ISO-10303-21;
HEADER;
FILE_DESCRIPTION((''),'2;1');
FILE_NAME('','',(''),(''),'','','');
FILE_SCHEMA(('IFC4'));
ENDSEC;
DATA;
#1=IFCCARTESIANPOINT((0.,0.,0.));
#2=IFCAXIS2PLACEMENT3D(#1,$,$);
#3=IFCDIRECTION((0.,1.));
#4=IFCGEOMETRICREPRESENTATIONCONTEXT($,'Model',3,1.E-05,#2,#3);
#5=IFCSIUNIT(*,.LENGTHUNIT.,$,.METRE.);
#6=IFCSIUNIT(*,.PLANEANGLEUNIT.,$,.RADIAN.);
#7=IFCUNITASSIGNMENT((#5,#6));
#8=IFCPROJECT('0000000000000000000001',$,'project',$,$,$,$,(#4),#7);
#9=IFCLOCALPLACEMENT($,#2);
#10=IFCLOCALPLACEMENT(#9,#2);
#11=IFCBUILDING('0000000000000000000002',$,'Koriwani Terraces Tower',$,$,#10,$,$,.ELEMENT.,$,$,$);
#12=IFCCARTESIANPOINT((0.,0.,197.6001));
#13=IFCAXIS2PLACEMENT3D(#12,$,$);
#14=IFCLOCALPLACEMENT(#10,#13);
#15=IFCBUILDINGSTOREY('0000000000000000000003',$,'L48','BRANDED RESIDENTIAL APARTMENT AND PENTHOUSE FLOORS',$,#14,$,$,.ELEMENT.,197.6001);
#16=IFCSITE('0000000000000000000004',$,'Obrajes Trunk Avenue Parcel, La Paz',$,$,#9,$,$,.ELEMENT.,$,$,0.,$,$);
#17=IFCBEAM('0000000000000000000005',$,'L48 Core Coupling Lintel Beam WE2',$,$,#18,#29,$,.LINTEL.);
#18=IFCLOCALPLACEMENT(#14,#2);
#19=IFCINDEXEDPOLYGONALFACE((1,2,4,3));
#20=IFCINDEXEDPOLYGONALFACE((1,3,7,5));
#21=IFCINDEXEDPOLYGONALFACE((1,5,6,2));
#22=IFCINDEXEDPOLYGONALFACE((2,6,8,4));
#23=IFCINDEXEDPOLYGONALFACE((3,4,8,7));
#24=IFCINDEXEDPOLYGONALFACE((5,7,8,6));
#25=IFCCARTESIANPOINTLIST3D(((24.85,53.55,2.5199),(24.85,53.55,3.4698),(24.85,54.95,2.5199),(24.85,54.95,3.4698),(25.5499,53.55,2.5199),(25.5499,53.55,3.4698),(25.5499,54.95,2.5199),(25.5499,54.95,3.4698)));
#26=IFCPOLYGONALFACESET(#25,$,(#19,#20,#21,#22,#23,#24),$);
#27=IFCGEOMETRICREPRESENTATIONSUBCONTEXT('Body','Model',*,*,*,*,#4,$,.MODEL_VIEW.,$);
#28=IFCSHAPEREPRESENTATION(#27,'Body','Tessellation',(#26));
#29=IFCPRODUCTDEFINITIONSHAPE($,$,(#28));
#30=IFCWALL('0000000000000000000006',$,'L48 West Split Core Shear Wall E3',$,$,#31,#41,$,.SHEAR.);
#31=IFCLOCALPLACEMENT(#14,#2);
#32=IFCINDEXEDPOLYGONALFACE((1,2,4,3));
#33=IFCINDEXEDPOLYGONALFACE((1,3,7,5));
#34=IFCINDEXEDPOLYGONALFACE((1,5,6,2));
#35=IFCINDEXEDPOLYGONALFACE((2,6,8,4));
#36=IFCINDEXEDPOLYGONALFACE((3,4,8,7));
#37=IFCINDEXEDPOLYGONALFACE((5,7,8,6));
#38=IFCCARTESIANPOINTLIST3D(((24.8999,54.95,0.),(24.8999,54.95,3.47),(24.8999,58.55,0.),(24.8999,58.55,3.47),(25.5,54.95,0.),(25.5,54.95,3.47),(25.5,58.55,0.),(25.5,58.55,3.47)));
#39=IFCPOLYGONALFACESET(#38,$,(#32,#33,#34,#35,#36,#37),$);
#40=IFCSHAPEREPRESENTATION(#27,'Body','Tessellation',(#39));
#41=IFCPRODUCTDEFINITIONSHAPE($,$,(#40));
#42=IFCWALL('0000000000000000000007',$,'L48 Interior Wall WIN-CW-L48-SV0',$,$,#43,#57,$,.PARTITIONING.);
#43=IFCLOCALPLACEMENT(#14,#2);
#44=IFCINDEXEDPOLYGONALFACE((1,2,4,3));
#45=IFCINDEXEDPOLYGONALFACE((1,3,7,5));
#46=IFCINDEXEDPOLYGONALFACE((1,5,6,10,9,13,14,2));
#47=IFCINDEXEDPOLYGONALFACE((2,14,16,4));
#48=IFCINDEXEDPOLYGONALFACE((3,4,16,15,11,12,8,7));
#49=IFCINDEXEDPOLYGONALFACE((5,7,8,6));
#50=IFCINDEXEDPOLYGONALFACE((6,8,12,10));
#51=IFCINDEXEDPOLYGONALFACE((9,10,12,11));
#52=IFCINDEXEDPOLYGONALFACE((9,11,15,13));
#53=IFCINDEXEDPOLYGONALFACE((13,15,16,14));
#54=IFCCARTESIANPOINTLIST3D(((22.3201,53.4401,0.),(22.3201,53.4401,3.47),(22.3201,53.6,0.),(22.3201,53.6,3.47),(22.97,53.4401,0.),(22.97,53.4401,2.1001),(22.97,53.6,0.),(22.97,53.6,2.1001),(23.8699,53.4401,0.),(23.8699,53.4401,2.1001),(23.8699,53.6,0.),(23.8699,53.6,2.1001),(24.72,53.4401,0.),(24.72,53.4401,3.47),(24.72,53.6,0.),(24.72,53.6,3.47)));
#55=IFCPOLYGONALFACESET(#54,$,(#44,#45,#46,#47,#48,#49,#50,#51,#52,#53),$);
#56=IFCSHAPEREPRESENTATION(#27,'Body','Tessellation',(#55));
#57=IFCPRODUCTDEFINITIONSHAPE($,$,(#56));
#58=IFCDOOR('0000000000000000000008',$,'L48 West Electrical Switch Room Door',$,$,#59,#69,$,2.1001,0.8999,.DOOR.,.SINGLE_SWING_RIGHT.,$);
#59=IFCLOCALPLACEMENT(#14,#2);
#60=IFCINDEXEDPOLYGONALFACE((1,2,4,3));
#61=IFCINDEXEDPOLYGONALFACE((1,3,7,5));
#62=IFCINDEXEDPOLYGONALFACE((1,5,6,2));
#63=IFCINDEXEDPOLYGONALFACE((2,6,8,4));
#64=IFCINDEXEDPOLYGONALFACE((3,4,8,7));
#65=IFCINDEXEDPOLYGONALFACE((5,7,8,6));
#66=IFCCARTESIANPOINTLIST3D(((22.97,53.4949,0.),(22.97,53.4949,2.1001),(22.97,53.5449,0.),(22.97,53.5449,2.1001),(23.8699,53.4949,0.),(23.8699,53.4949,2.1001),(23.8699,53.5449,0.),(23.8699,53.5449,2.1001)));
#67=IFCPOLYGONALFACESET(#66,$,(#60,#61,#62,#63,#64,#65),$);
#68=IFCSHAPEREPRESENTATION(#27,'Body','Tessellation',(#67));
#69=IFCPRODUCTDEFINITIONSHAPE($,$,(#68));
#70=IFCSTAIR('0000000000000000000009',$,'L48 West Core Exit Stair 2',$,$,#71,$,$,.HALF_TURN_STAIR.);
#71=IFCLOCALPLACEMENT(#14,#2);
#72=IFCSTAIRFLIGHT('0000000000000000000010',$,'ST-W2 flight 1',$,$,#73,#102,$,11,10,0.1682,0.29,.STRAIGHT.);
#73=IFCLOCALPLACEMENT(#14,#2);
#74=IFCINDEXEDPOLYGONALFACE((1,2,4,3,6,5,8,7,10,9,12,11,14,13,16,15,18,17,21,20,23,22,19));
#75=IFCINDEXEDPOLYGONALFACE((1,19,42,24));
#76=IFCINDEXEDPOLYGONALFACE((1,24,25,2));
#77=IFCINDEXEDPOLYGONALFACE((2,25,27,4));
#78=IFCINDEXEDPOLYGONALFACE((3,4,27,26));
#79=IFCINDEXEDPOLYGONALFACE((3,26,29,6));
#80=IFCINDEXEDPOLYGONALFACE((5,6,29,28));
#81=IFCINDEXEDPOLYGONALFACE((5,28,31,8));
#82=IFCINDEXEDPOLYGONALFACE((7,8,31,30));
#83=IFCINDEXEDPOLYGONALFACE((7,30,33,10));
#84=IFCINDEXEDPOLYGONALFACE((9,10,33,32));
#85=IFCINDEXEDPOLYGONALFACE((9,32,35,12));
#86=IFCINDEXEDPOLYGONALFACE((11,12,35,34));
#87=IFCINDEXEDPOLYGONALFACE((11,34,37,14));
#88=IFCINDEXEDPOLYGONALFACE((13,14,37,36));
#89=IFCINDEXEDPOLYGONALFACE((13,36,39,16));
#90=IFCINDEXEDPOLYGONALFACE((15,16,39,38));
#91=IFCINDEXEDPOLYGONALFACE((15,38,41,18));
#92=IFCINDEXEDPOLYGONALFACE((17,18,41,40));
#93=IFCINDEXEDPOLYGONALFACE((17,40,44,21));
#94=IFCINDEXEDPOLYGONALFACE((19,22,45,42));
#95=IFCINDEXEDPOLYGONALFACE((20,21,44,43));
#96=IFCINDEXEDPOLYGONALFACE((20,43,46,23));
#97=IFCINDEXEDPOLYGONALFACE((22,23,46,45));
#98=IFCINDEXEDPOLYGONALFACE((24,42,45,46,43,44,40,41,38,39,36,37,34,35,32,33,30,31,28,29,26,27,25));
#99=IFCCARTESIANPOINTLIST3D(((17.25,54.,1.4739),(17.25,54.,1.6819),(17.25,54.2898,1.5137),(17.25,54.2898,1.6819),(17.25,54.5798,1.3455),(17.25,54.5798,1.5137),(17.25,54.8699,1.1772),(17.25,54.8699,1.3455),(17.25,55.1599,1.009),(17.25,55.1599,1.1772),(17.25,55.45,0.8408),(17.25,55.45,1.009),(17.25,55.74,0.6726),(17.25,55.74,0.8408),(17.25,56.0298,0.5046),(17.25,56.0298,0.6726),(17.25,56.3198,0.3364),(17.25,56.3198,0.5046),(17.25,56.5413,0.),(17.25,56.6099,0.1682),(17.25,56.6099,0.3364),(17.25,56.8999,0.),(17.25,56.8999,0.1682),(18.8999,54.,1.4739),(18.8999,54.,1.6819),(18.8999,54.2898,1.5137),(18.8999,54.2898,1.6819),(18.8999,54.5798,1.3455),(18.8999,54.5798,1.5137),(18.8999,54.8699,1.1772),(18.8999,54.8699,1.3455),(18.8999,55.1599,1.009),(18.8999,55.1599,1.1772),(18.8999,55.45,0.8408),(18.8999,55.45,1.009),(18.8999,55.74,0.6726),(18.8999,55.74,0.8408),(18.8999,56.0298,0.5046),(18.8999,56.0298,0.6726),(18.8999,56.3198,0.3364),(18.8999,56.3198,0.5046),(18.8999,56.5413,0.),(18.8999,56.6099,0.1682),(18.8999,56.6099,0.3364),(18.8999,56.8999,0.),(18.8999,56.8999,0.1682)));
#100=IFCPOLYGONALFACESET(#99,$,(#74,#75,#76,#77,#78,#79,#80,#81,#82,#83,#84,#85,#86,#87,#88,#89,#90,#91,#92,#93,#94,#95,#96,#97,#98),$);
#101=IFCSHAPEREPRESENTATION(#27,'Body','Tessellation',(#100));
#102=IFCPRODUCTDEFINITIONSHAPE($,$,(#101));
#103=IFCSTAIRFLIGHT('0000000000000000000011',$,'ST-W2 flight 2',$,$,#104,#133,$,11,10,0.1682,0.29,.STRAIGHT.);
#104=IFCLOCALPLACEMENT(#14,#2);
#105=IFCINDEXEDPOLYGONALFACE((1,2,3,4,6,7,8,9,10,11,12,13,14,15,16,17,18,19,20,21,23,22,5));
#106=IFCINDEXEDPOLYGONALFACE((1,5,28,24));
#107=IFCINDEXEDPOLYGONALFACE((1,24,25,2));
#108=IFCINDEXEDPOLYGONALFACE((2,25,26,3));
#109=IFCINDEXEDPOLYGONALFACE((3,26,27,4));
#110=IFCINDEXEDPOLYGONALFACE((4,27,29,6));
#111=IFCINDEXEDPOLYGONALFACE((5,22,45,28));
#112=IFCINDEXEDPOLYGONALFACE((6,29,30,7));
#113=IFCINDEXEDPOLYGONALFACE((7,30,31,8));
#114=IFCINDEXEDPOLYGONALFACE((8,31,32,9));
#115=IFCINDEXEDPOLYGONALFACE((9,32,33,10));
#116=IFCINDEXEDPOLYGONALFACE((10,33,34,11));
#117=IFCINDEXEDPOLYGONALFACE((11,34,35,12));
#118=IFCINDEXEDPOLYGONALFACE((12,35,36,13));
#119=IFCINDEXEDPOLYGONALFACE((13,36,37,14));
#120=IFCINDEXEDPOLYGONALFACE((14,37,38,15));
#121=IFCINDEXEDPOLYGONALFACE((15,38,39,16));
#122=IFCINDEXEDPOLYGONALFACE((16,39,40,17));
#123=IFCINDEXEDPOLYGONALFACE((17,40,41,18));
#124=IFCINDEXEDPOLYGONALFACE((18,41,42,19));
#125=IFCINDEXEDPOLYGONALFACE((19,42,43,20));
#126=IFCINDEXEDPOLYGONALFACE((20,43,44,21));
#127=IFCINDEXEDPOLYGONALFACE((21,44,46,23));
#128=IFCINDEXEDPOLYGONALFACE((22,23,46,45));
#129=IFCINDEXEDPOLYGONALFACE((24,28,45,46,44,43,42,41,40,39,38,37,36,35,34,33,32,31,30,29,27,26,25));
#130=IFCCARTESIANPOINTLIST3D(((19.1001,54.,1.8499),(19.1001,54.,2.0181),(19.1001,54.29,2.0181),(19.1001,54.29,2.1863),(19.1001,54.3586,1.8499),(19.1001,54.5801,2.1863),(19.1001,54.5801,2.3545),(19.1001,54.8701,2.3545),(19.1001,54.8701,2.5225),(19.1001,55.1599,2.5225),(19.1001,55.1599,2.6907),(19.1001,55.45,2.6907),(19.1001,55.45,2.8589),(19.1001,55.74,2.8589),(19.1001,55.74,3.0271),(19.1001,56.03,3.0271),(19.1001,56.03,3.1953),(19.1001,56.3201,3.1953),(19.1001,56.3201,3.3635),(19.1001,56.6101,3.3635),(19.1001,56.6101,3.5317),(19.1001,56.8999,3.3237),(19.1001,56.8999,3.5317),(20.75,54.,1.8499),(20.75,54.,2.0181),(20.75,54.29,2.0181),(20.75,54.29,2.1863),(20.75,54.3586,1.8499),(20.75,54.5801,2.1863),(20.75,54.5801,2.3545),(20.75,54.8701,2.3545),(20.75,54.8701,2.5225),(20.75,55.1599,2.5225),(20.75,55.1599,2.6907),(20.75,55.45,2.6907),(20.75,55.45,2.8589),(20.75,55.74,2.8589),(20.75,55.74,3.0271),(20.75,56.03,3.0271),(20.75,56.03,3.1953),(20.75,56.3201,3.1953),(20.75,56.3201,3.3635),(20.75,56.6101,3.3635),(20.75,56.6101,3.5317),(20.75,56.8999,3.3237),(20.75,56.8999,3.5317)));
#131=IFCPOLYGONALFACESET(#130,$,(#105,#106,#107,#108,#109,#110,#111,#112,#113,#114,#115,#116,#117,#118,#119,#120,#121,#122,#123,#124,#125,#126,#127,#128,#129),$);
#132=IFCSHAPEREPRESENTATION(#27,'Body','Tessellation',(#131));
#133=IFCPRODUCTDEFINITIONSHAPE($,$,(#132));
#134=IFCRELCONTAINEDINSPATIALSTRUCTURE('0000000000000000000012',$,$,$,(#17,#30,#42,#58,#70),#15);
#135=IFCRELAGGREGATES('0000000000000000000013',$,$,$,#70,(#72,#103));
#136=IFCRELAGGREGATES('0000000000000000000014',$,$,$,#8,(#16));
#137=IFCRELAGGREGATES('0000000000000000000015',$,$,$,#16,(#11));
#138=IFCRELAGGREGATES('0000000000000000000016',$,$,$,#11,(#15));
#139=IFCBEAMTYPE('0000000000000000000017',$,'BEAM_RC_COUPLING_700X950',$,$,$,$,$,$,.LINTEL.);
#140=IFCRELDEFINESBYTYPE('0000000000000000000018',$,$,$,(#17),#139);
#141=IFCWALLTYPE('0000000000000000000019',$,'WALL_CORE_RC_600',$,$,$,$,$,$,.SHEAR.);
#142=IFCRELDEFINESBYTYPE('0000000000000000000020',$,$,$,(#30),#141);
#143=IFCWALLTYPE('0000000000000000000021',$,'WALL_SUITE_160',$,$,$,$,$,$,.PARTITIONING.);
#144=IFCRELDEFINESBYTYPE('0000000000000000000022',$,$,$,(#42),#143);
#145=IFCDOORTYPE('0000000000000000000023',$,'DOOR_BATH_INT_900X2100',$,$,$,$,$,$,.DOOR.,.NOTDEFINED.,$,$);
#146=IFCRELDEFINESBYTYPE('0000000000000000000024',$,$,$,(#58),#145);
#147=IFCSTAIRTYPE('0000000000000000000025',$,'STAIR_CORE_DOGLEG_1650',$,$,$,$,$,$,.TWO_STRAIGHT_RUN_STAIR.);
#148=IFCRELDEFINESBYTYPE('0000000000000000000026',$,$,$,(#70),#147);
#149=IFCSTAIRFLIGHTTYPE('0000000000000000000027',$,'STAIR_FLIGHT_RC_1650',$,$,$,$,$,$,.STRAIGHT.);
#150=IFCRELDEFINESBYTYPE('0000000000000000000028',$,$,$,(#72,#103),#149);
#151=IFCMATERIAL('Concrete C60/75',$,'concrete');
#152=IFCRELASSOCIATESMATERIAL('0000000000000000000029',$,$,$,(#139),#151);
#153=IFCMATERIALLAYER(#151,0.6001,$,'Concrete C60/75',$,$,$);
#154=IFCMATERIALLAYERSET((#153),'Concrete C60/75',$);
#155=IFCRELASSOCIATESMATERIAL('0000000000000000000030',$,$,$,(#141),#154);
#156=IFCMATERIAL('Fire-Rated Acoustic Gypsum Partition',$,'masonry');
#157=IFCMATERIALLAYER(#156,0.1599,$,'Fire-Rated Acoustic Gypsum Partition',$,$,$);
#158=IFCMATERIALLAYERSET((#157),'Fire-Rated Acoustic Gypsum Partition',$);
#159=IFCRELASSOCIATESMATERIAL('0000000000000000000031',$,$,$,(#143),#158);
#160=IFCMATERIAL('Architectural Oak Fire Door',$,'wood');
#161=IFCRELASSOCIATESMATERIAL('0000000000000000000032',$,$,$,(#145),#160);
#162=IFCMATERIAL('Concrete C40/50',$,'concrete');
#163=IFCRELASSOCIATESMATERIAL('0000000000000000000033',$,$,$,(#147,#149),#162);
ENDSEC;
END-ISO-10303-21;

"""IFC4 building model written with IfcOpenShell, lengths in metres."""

from ifc_helpers import new_model, si_unit, direction, frame, frame_2d, origin, origin_2d, place, context, subcontext, project, spatial, polyline, rectangle, outline, extrude, material, layer, layer_set, material_profile, profile_set, type_object, element, fill, aggregate, save


model = new_model("IFC4")

# Units and contexts
model_context = context("Model", 3, precision=1e-05, world=origin(), true_north=direction((0.0, 1.0)))
body_context = subcontext(model_context, "Body", "Model", "MODEL_VIEW")
ifc_project = project(units=[si_unit("LENGTHUNIT", "METRE"), si_unit("PLANEANGLEUNIT", "RADIAN")], contexts=[model_context])

# Site, building, storey
site_placement = place(None, origin())
site = spatial("IfcSite", under=ifc_project, at=site_placement, Name="Obrajes Trunk Avenue Parcel, La Paz", CompositionType="ELEMENT", RefElevation=0.0)
building_placement = place(site_placement, origin())
building = spatial("IfcBuilding", under=site, at=building_placement, Name="Koriwani Terraces Tower", CompositionType="ELEMENT")
storey_placement = place(building_placement, frame((0.0, 0.0, 197.6001)))
storey = spatial("IfcBuildingStorey", under=building, at=storey_placement, Name="L48", Description="BRANDED RESIDENTIAL APARTMENT AND PENTHOUSE FLOORS", CompositionType="ELEMENT", Elevation=197.6001)

# Beam
ifc_material_1 = material(Name="Concrete C60/75", Category="concrete")
ifc_material_profile = material_profile(ifc_material_1, rectangle(XDim=0.7, YDim=0.95, at=origin_2d()), Name="Concrete C60/75", Category="LoadBearing")
ifc_profile_set = profile_set([ifc_material_profile], Name="Concrete C60/75")
beam_type = type_object("IfcBeamType", Name="BEAM_RC_COUPLING_700X950", PredefinedType="LINTEL", material=ifc_profile_set)
beam_placement = place(storey_placement, frame((25.2, 53.55, 2.9949), z_axis=(0.0, 1.0, 0.0), x_axis=(-1.0, 0.0, 0.0)))
element("IfcBeam", 1, at=beam_placement, inside=storey, type_object=beam_type, Name="L48 Core Coupling Lintel Beam WE2", PredefinedType="LINTEL", context=body_context, shape_type="SweptSolid", body=[
    extrude(rectangle(XDim=0.7, YDim=0.95, at=origin_2d()), origin(), (0.0, 0.0, 1.0), 1.3999),
])

# Wall
ifc_layer_1 = layer(ifc_material_1, 0.6001, Name="Concrete C60/75")
ifc_layer_set_1 = layer_set([ifc_layer_1], Name="Concrete C60/75")
wall_type_1 = type_object("IfcWallType", Name="WALL_CORE_RC_600", PredefinedType="SHEAR", material=ifc_layer_set_1)
wall_1_placement = place(storey_placement, frame((25.2, 54.95, 0.0), z_axis=(0.0, 0.0, 1.0), x_axis=(0.0, 1.0, 0.0)))
element("IfcWall", 2, at=wall_1_placement, inside=storey, type_object=wall_type_1, Name="L48 West Split Core Shear Wall E3", PredefinedType="SHEAR", context=body_context, shape_type="SweptSolid", body=[
    extrude(rectangle(XDim=3.6001, YDim=0.6001, at=frame_2d((1.8, 0.0))), origin(), (0.0, 0.0, 1.0), 3.47),
])

# Wall, opening, door
ifc_material_2 = material(Name="Concrete C40/50", Category="concrete")
ifc_material_3 = material(Name="Fire-Rated Acoustic Gypsum Partition", Category="masonry")
ifc_layer_2 = layer(ifc_material_3, 0.1599, Name="Fire-Rated Acoustic Gypsum Partition")
ifc_layer_set_2 = layer_set([ifc_layer_2], Name="Fire-Rated Acoustic Gypsum Partition")
wall_type_2 = type_object("IfcWallType", Name="WALL_SUITE_160", PredefinedType="PARTITIONING", material=ifc_layer_set_2)
wall_2_placement = place(storey_placement, frame((22.3201, 53.52, 0.0), z_axis=(0.0, 0.0, 1.0), x_axis=(1.0, 0.0, 0.0)))
wall_2 = element("IfcWall", 3, at=wall_2_placement, inside=storey, type_object=wall_type_2, Name="L48 Interior Wall WIN-CW-L48-SV0", PredefinedType="PARTITIONING", context=body_context, shape_type="SweptSolid", body=[
    extrude(rectangle(XDim=2.3999, YDim=0.1599, at=frame_2d((1.2, 0.0))), origin(), (0.0, 0.0, 1.0), 3.47),
])
opening_1_placement = place(wall_2_placement, frame((0.6499, 0.0, 0.0)))
opening_1 = element("IfcOpeningElement", 4, at=opening_1_placement, cuts=wall_2, PredefinedType="OPENING", context=body_context, shape_type="SweptSolid", body=[
    extrude(rectangle(XDim=0.8999, YDim=2.1001, at=frame_2d((0.45, 1.05))), frame((0.0, 0.0898, 0.0), z_axis=(0.0, -1.0, 0.0), x_axis=(1.0, 0.0, 0.0)), (0.0, 0.0, 1.0), 0.1799),
])
ifc_material_4 = material(Name="Architectural Oak Fire Door", Category="wood")
door_type_1 = type_object("IfcDoorType", Name="DOOR_BATH_INT_900X2100", OperationType="NOTDEFINED", PredefinedType="DOOR", material=ifc_material_4)
door_1_placement = place(opening_1_placement, origin())
door_1 = element("IfcDoor", 5, at=door_1_placement, inside=storey, type_object=door_type_1, Name="L48 West Electrical Switch Room Door", OperationType="SINGLE_SWING_RIGHT", OverallHeight=2.1001, OverallWidth=0.8999, PredefinedType="DOOR", context=body_context, shape_type="SweptSolid", body=[
    extrude(rectangle(XDim=0.8999, YDim=2.1001, at=frame_2d((0.45, 1.05))), frame((0.0, 0.0249, 0.0), z_axis=(0.0, -1.0, 0.0), x_axis=(1.0, 0.0, 0.0)), (0.0, 0.0, 1.0), 0.05),
])
fill(opening_1, door_1)

# Stair, stair flights
stair_type = type_object("IfcStairType", Name="STAIR_CORE_DOGLEG_1650", PredefinedType="TWO_STRAIGHT_RUN_STAIR", material=ifc_material_2)
stair_placement = place(storey_placement, origin())
stair = element("IfcStair", 6, at=stair_placement, inside=storey, type_object=stair_type, Name="L48 West Core Exit Stair 2", PredefinedType="HALF_TURN_STAIR")
stair_flight_type = type_object("IfcStairFlightType", Name="STAIR_FLIGHT_RC_1650", PredefinedType="STRAIGHT", material=ifc_material_2)
stair_flight_1_placement = place(storey_placement, frame((18.075, 56.8999, 0.0), z_axis=(0.0, 0.0, 1.0), x_axis=(0.0, -1.0, 0.0)))
stair_flight_1 = element("IfcStairFlight", 7, at=stair_flight_1_placement, type_object=stair_flight_type, Name="ST-W2 flight 1", NumberOfRisers=11, NumberOfTreads=10, PredefinedType="STRAIGHT", RiserHeight=0.1682, TreadLength=0.29, context=body_context, shape_type="SweptSolid", body=[
    extrude(outline(polyline([(0.0, 0.0), (0.0, 0.1682), (0.29, 0.1682), (0.29, 0.3364), (0.5801, 0.3364), (0.5801, 0.5046), (0.8701, 0.5046), (0.8701, 0.6726), (1.1599, 0.6726), (1.1599, 0.8408), (1.45, 0.8408), (1.45, 1.009), (1.74, 1.009), (1.74, 1.1772), (2.03, 1.1772), (2.03, 1.3455), (2.3201, 1.3455), (2.3201, 1.5137), (2.6101, 1.5137), (2.6101, 1.6819), (2.8999, 1.6819), (2.8999, 1.8501), (2.8999, 1.4739), (0.3586, 0.0), (0.0, 0.0)])), frame((0.0, 0.825, 0.0), z_axis=(0.0, -1.0, 0.0), x_axis=(1.0, 0.0, 0.0)), (0.0, 0.0, 1.0), 1.6499),
])
stair_flight_2_placement = place(storey_placement, frame((19.925, 54.0, 1.8499), z_axis=(0.0, 0.0, 1.0), x_axis=(0.0, 1.0, 0.0)))
stair_flight_2 = element("IfcStairFlight", 8, at=stair_flight_2_placement, type_object=stair_flight_type, Name="ST-W2 flight 2", NumberOfRisers=11, NumberOfTreads=10, PredefinedType="STRAIGHT", RiserHeight=0.1682, TreadLength=0.29, context=body_context, shape_type="SweptSolid", body=[
    extrude(outline(polyline([(0.0, 0.0), (0.0, 0.1682), (0.29, 0.1682), (0.29, 0.3364), (0.5801, 0.3364), (0.5801, 0.5046), (0.8701, 0.5046), (0.8701, 0.6726), (1.1599, 0.6726), (1.1599, 0.8408), (1.45, 0.8408), (1.45, 1.009), (1.74, 1.009), (1.74, 1.1772), (2.03, 1.1772), (2.03, 1.3455), (2.3201, 1.3455), (2.3201, 1.5137), (2.6101, 1.5137), (2.6101, 1.6819), (2.8999, 1.6819), (2.8999, 1.8501), (2.8999, 1.4739), (0.3586, 0.0), (0.0, 0.0)])), frame((0.0, 0.825, 0.0), z_axis=(0.0, -1.0, 0.0), x_axis=(1.0, 0.0, 0.0)), (0.0, 0.0, 1.0), 1.6499),
])
aggregate(stair, [stair_flight_1, stair_flight_2])

save(model, "model.ifc")
